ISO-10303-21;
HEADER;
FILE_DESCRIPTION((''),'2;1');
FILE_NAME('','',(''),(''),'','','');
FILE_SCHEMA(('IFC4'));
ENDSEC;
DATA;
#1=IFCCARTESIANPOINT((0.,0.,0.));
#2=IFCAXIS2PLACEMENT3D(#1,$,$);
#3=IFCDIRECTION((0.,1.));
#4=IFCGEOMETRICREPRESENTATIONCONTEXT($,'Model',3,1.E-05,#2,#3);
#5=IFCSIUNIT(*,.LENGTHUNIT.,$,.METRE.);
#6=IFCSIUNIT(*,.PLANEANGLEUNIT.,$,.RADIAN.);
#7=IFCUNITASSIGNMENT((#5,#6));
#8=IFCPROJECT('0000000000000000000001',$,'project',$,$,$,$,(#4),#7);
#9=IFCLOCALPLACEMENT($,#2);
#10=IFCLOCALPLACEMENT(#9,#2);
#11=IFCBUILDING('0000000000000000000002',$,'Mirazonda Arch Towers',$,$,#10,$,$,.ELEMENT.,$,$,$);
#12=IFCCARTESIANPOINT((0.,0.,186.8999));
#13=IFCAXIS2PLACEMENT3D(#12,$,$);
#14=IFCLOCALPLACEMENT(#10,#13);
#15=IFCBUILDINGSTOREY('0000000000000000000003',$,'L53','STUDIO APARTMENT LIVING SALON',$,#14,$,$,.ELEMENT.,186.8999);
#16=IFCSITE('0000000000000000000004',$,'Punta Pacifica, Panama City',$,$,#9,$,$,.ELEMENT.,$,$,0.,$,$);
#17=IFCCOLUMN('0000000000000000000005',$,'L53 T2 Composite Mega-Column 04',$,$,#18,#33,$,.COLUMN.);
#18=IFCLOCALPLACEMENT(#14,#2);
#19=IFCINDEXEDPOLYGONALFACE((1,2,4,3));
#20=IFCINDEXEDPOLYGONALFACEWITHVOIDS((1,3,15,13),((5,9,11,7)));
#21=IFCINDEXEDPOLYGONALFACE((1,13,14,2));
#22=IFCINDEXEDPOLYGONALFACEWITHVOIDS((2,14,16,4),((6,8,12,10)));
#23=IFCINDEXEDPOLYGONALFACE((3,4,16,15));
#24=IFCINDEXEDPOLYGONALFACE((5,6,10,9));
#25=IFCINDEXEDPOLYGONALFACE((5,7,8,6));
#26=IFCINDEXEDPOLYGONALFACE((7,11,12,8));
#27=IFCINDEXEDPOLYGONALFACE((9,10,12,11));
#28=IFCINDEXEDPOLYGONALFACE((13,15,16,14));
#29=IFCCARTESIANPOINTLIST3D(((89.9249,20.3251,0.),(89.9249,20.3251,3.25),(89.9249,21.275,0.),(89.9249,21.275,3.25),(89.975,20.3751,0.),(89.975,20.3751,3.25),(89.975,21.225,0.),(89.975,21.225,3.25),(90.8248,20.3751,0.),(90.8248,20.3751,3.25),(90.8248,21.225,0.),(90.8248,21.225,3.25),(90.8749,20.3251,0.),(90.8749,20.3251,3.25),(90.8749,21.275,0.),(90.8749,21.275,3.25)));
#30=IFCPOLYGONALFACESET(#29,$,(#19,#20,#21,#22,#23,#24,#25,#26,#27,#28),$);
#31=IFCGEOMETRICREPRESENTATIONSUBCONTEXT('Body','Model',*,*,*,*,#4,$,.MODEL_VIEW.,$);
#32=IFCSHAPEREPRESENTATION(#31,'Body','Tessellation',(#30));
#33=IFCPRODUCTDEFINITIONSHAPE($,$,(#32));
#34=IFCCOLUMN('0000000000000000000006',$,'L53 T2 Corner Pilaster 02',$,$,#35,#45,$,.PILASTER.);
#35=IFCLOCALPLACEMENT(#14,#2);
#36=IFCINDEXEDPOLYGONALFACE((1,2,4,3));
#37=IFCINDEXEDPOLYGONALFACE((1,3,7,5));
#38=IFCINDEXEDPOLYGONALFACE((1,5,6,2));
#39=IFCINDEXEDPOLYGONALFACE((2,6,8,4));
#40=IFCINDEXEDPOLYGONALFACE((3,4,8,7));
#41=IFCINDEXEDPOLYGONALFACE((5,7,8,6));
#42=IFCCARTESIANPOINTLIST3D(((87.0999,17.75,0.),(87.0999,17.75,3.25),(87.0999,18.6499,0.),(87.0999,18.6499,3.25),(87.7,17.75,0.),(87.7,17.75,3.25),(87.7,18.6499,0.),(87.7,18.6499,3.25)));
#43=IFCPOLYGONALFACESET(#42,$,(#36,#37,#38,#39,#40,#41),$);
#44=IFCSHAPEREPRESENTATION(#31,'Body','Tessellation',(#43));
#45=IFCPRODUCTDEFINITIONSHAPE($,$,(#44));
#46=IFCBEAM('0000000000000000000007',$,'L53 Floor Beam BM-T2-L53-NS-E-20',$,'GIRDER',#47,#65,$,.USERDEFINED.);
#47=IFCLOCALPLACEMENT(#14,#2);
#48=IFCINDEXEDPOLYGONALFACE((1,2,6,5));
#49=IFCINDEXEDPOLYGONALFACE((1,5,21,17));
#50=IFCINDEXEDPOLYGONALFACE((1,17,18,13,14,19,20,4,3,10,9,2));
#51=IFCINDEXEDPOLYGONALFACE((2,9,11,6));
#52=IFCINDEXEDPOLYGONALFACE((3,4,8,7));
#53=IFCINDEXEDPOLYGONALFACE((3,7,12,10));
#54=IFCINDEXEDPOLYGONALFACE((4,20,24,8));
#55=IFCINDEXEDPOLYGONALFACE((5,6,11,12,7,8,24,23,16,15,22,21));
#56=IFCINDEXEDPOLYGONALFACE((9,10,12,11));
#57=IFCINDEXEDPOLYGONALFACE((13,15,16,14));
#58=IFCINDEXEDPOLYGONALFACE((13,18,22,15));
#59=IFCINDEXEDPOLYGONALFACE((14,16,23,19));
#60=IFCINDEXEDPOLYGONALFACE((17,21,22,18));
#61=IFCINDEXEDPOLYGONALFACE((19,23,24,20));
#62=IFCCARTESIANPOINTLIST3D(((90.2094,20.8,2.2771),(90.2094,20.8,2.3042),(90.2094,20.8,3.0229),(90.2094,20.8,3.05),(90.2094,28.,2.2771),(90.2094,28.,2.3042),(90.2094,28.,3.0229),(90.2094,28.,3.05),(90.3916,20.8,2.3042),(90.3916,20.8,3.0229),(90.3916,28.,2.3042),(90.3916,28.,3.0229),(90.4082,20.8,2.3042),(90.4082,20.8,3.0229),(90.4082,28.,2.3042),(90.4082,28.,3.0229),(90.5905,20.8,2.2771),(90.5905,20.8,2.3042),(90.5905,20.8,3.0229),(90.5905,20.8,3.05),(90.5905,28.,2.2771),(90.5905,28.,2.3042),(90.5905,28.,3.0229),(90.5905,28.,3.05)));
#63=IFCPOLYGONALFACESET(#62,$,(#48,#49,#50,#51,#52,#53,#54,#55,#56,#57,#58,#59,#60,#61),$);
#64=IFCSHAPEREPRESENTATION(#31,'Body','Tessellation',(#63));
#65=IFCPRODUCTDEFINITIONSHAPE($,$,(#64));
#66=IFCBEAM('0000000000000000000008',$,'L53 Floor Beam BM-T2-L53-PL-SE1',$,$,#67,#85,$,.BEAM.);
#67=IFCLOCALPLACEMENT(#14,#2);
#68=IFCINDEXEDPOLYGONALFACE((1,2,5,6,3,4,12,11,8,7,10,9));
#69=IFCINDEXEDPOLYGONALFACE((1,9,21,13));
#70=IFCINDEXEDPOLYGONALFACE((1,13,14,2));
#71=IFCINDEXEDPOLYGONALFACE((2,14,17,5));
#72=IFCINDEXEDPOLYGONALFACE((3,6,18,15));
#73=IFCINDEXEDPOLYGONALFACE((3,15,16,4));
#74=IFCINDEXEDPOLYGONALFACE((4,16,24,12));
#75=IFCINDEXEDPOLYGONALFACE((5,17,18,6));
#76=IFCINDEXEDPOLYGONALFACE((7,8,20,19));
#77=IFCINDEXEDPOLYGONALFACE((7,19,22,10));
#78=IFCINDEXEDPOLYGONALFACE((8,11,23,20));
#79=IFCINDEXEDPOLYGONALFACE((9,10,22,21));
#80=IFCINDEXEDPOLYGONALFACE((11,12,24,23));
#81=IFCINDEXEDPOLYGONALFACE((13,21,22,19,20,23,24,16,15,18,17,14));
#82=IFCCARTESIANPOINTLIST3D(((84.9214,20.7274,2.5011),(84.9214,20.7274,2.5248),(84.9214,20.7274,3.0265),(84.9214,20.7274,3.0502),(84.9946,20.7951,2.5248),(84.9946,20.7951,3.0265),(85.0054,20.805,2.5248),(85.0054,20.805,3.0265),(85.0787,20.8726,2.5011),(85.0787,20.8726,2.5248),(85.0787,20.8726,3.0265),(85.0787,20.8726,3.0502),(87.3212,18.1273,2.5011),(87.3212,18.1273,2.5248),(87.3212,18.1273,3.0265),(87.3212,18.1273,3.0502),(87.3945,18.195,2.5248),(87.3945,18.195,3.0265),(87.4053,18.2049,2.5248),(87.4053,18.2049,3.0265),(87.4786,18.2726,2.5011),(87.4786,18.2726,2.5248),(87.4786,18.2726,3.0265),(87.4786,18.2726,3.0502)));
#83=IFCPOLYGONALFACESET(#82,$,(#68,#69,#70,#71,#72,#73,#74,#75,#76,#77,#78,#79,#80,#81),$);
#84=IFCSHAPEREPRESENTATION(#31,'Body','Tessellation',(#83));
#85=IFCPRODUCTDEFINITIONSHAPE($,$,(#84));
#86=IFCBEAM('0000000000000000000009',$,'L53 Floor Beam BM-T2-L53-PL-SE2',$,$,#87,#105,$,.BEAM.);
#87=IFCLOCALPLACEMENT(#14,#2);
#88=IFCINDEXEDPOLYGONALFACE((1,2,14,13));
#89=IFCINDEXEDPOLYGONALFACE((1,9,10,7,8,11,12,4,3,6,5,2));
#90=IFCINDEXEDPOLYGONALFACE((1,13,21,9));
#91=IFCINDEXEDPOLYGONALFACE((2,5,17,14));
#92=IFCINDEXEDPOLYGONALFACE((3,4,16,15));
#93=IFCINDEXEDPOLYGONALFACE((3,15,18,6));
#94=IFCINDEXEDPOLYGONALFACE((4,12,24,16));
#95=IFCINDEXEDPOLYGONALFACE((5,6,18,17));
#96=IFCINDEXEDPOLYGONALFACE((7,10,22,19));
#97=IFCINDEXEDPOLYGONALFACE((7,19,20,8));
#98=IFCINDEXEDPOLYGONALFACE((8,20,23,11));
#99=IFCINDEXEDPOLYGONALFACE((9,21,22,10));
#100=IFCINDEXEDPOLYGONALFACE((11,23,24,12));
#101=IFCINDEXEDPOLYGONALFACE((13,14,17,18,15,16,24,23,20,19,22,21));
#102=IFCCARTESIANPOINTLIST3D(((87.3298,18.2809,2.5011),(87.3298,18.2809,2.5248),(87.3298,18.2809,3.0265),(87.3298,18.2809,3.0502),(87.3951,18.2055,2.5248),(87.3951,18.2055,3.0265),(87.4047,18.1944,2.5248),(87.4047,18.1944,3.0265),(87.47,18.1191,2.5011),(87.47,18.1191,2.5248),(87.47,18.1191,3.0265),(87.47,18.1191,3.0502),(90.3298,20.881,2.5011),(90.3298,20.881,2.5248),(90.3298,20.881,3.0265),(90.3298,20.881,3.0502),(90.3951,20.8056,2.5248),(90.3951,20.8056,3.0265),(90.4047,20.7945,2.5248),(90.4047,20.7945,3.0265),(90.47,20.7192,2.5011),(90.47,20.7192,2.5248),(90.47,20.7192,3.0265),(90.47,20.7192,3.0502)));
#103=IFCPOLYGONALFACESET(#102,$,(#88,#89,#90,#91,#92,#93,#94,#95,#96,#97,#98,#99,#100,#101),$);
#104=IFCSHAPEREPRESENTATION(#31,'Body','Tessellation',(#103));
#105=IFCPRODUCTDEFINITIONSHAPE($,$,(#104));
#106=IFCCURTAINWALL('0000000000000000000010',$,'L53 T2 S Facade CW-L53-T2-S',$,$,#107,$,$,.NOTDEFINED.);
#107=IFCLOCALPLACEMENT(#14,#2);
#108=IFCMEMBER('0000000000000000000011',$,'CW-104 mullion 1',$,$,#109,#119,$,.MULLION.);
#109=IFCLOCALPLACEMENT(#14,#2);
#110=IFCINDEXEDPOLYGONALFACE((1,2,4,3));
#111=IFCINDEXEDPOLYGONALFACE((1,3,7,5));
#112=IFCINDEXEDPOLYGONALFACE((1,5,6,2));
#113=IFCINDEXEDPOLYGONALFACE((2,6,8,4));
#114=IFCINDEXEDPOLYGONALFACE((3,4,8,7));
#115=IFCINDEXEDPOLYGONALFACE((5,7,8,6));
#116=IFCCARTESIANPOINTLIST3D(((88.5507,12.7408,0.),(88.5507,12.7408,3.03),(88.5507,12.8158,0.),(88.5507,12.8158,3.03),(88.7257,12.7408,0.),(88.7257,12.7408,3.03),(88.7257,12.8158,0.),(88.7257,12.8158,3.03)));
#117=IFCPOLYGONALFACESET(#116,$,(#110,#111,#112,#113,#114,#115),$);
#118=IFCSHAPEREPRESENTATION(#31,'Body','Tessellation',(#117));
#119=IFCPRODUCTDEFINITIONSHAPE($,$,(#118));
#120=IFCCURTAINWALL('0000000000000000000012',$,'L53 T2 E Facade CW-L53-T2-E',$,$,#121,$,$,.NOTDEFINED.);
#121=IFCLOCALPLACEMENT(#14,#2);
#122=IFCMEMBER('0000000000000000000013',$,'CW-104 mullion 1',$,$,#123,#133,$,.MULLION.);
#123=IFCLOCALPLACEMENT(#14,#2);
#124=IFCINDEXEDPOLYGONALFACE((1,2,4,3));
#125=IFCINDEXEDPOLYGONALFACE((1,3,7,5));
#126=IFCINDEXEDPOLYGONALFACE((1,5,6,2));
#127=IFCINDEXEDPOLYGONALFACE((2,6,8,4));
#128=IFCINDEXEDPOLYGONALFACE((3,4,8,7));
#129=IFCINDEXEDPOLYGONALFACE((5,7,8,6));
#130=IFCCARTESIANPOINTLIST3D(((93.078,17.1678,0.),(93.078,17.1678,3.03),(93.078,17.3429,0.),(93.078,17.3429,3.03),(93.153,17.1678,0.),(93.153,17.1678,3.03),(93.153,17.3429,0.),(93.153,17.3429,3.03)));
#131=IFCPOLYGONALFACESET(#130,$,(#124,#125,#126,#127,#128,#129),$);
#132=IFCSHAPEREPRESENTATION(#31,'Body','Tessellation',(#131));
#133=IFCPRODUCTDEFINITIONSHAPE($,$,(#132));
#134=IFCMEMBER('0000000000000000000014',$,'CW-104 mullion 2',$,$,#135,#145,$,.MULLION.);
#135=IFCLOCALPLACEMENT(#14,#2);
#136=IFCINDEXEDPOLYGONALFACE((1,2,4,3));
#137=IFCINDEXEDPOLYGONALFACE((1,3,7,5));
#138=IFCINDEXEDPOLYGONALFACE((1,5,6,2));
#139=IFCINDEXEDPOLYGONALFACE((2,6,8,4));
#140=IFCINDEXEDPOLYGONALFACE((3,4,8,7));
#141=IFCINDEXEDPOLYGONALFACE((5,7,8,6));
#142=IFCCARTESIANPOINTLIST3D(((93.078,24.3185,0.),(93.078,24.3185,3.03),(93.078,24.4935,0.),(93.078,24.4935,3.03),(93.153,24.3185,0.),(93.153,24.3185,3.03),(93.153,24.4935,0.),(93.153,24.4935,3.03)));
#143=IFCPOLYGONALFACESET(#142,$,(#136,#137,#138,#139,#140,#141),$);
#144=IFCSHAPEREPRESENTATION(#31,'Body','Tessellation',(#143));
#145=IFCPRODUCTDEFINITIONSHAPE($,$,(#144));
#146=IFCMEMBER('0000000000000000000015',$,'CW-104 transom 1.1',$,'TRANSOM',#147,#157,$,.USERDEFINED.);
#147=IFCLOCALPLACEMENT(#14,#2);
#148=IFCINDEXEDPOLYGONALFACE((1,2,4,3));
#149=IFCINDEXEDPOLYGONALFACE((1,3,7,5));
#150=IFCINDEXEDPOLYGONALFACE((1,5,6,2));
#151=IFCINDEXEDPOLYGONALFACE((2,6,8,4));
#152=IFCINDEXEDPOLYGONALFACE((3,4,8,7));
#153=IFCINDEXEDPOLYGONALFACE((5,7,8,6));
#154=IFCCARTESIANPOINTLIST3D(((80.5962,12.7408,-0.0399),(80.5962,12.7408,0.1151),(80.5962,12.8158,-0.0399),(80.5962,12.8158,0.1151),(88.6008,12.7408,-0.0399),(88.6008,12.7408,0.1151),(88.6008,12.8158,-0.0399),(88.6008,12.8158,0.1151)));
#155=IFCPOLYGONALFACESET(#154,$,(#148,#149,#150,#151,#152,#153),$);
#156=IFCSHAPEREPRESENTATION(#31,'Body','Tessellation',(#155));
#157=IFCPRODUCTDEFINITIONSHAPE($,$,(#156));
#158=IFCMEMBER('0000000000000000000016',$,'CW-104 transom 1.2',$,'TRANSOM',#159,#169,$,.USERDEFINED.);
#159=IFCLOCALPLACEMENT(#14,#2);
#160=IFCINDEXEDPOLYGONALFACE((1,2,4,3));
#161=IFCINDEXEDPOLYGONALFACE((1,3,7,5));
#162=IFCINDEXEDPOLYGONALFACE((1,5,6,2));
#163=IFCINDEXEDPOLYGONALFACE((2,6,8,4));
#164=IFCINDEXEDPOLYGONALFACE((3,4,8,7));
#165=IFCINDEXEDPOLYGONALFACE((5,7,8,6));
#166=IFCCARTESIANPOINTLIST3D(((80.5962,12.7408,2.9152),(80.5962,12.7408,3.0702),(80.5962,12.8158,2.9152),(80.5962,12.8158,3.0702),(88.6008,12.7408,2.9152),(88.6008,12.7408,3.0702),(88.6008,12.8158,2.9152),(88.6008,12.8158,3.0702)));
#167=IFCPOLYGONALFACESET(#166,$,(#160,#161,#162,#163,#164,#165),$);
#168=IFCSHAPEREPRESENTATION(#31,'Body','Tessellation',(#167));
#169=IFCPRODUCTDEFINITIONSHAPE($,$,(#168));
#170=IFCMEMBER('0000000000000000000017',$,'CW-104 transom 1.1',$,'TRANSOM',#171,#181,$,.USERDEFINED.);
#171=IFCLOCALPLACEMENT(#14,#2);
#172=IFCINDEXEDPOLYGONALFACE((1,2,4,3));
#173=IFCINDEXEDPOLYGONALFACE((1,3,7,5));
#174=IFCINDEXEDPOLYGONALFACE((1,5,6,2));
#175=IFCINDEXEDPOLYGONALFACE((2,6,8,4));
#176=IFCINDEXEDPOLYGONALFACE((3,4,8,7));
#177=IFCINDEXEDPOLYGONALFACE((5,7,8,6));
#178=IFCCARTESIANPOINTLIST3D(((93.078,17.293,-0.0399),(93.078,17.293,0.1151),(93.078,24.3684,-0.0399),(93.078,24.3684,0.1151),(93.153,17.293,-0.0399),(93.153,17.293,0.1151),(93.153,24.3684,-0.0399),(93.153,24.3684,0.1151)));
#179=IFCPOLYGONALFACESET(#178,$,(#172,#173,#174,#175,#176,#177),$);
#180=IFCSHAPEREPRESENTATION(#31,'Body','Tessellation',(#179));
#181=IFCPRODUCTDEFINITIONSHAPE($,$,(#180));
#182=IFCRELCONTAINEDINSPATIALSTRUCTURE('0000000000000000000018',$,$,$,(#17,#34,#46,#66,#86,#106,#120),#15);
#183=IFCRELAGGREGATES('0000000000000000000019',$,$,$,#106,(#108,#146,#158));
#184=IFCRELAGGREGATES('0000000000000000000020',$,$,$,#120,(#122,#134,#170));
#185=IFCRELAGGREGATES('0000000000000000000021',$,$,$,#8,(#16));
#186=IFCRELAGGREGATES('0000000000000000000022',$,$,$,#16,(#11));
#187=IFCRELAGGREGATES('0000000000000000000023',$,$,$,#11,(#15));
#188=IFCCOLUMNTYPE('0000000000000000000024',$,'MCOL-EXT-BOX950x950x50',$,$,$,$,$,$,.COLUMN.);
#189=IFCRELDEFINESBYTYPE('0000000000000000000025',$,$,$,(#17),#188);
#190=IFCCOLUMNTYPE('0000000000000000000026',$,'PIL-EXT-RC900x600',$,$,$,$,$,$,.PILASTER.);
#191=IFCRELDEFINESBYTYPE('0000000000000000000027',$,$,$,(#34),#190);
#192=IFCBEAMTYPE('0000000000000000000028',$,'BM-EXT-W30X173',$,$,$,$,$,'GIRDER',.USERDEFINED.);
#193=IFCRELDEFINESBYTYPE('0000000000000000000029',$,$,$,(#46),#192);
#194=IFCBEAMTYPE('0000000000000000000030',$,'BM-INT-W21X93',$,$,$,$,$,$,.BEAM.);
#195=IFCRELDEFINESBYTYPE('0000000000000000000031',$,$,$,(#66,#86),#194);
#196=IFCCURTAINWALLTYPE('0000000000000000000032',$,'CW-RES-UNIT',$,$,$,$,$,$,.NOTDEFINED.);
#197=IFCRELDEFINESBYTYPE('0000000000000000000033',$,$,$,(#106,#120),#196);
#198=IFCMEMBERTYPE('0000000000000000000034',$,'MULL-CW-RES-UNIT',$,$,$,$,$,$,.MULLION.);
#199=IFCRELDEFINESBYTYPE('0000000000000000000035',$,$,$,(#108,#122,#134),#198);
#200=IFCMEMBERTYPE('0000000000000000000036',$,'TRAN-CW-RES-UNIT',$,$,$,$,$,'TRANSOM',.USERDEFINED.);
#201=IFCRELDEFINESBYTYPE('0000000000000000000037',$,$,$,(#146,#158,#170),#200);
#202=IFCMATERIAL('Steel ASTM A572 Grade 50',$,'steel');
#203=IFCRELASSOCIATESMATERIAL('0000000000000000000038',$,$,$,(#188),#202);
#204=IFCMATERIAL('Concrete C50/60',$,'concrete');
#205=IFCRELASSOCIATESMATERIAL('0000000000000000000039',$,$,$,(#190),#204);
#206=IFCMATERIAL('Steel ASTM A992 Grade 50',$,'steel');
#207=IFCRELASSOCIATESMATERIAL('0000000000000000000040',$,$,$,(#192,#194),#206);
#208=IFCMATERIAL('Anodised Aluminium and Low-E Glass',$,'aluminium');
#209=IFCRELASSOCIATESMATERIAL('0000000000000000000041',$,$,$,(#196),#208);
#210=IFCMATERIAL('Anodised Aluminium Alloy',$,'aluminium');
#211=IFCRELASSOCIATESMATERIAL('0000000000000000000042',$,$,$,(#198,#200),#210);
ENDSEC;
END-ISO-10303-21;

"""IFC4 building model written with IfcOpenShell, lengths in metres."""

from ifc_helpers import new_model, si_unit, direction, frame, origin, origin_2d, place, context, subcontext, project, spatial, rectangle, hollow_rectangle, i_section, extrude, material, material_profile, profile_set, type_object, element, aggregate, save


model = new_model("IFC4")

# Units and contexts
model_context = context("Model", 3, precision=1e-05, world=origin(), true_north=direction((0.0, 1.0)))
body_context = subcontext(model_context, "Body", "Model", "MODEL_VIEW")
ifc_project = project(units=[si_unit("LENGTHUNIT", "METRE"), si_unit("PLANEANGLEUNIT", "RADIAN")], contexts=[model_context])

# Site, building, storey
site_placement = place(None, origin())
site = spatial("IfcSite", under=ifc_project, at=site_placement, Name="Punta Pacifica, Panama City", CompositionType="ELEMENT", RefElevation=0.0)
building_placement = place(site_placement, origin())
building = spatial("IfcBuilding", under=site, at=building_placement, Name="Mirazonda Arch Towers", CompositionType="ELEMENT")
storey_placement = place(building_placement, frame((0.0, 0.0, 186.8999)))
storey = spatial("IfcBuildingStorey", under=building, at=storey_placement, Name="L53", Description="STUDIO APARTMENT LIVING SALON", CompositionType="ELEMENT", Elevation=186.8999)

# Columns
ifc_material_1 = material(Name="Steel ASTM A572 Grade 50", Category="steel")
ifc_material_profile_1 = material_profile(ifc_material_1, hollow_rectangle(XDim=0.95, YDim=0.95, WallThickness=0.05, at=origin_2d()), Name="BOX950x950x50")
ifc_profile_set_1 = profile_set([ifc_material_profile_1], Name="Steel ASTM A572 Grade 50")
column_type_1 = type_object("IfcColumnType", Name="MCOL-EXT-BOX950x950x50", PredefinedType="COLUMN", material=ifc_profile_set_1)
column_1_placement = place(storey_placement, frame((90.3999, 20.8, 0.0), z_axis=(0.0, 0.0, 1.0), x_axis=(1.0, 0.0, 0.0)))
element("IfcColumn", 1, at=column_1_placement, inside=storey, type_object=column_type_1, Name="L53 T2 Composite Mega-Column 04", PredefinedType="COLUMN", context=body_context, shape_type="SweptSolid", body=[
    extrude(hollow_rectangle(XDim=0.95, YDim=0.95, WallThickness=0.05, at=origin_2d()), origin(), (0.0, 0.0, 1.0), 3.25),
])
ifc_material_2 = material(Name="Concrete C50/60", Category="concrete")
ifc_material_profile_2 = material_profile(ifc_material_2, rectangle(XDim=0.6001, YDim=0.8999, at=origin_2d()), Name="RC900x600")
ifc_profile_set_2 = profile_set([ifc_material_profile_2], Name="Concrete C50/60")
column_type_2 = type_object("IfcColumnType", Name="PIL-EXT-RC900x600", PredefinedType="PILASTER", material=ifc_profile_set_2)
column_2_placement = place(storey_placement, frame((87.3999, 18.2, 0.0), z_axis=(0.0, 0.0, 1.0), x_axis=(1.0, 0.0, 0.0)))
element("IfcColumn", 2, at=column_2_placement, inside=storey, type_object=column_type_2, Name="L53 T2 Corner Pilaster 02", PredefinedType="PILASTER", context=body_context, shape_type="SweptSolid", body=[
    extrude(rectangle(XDim=0.6001, YDim=0.8999, at=origin_2d()), origin(), (0.0, 0.0, 1.0), 3.25),
])

# Beams
ifc_material_3 = material(Name="Steel ASTM A992 Grade 50", Category="steel")
ifc_material_profile_3 = material_profile(ifc_material_3, i_section(OverallWidth=0.3811, OverallDepth=0.7729, WebThickness=0.0166, FlangeThickness=0.0271, at=origin_2d()), Name="W30X173")
ifc_profile_set_3 = profile_set([ifc_material_profile_3], Name="Steel ASTM A992 Grade 50")
beam_type_1 = type_object("IfcBeamType", Name="BM-EXT-W30X173", ElementType="GIRDER", PredefinedType="USERDEFINED", material=ifc_profile_set_3)
beam_1_placement = place(storey_placement, frame((90.3999, 20.8, 2.6636), z_axis=(0.0, 1.0, 0.0), x_axis=(-1.0, 0.0, 0.0)))
element("IfcBeam", 3, at=beam_1_placement, inside=storey, type_object=beam_type_1, Name="L53 Floor Beam BM-T2-L53-NS-E-20", ObjectType="GIRDER", PredefinedType="USERDEFINED", context=body_context, shape_type="SweptSolid", body=[
    extrude(i_section(OverallWidth=0.3811, OverallDepth=0.7729, WebThickness=0.0166, FlangeThickness=0.0271, at=origin_2d()), origin(), (0.0, 0.0, 1.0), 7.2),
])
ifc_material_profile_4 = material_profile(ifc_material_3, i_section(OverallWidth=0.2141, OverallDepth=0.5491, WebThickness=0.0146, FlangeThickness=0.0237, at=origin_2d()), Name="W21X93")
ifc_profile_set_4 = profile_set([ifc_material_profile_4], Name="Steel ASTM A992 Grade 50")
beam_type_2 = type_object("IfcBeamType", Name="BM-INT-W21X93", PredefinedType="BEAM", material=ifc_profile_set_4)
beam_2_placement = place(storey_placement, frame((87.3999, 18.2, 2.7756), z_axis=(-0.678251, 0.73483, 0.0), x_axis=(-0.73483, -0.678251, 0.0)))
element("IfcBeam", 4, at=beam_2_placement, inside=storey, type_object=beam_type_2, Name="L53 Floor Beam BM-T2-L53-PL-SE1", PredefinedType="BEAM", context=body_context, shape_type="SweptSolid", body=[
    extrude(i_section(OverallWidth=0.2141, OverallDepth=0.5491, WebThickness=0.0146, FlangeThickness=0.0237, at=origin_2d()), origin(), (0.0, 0.0, 1.0), 3.5383),
])
beam_3_placement = place(storey_placement, frame((87.3999, 18.2, 2.7756), z_axis=(0.755677, 0.654945, 0.0), x_axis=(-0.654945, 0.755677, 0.0)))
element("IfcBeam", 5, at=beam_3_placement, inside=storey, type_object=beam_type_2, Name="L53 Floor Beam BM-T2-L53-PL-SE2", PredefinedType="BEAM", context=body_context, shape_type="SweptSolid", body=[
    extrude(i_section(OverallWidth=0.2141, OverallDepth=0.5491, WebThickness=0.0146, FlangeThickness=0.0237, at=origin_2d()), origin(), (0.0, 0.0, 1.0), 3.97),
])

# Curtain wall, member
ifc_material_4 = material(Name="Anodised Aluminium and Low-E Glass", Category="aluminium")
curtain_wall_type = type_object("IfcCurtainWallType", Name="CW-RES-UNIT", PredefinedType="NOTDEFINED", material=ifc_material_4)
curtain_wall_1_placement = place(storey_placement, origin())
curtain_wall_1 = element("IfcCurtainWall", 6, at=curtain_wall_1_placement, inside=storey, type_object=curtain_wall_type, Name="L53 T2 S Facade CW-L53-T2-S", PredefinedType="NOTDEFINED")
ifc_material_5 = material(Name="Anodised Aluminium Alloy", Category="aluminium")
ifc_material_profile_5 = material_profile(ifc_material_5, rectangle(XDim=0.075, YDim=0.175, at=origin_2d()), Name="ALU-MULL-75x175")
ifc_profile_set_5 = profile_set([ifc_material_profile_5], Name="Anodised Aluminium Alloy")
member_type_1 = type_object("IfcMemberType", Name="MULL-CW-RES-UNIT", PredefinedType="MULLION", material=ifc_profile_set_5)
member_1_placement = place(storey_placement, frame((88.6382, 12.7783, 0.0), z_axis=(0.0, 0.0, 1.0), x_axis=(0.0, -1.0, 0.0)))
member_1 = element("IfcMember", 7, at=member_1_placement, type_object=member_type_1, Name="CW-104 mullion 1", PredefinedType="MULLION", context=body_context, shape_type="SweptSolid", body=[
    extrude(rectangle(XDim=0.075, YDim=0.175, at=origin_2d()), origin(), (0.0, 0.0, 1.0), 3.03),
])

# Curtain wall, members
curtain_wall_2_placement = place(storey_placement, origin())
curtain_wall_2 = element("IfcCurtainWall", 8, at=curtain_wall_2_placement, inside=storey, type_object=curtain_wall_type, Name="L53 T2 E Facade CW-L53-T2-E", PredefinedType="NOTDEFINED")
member_2_placement = place(storey_placement, frame((93.1155, 17.2554, 0.0), z_axis=(0.0, 0.0, 1.0), x_axis=(-1.0, 0.0, 0.0)))
member_2 = element("IfcMember", 9, at=member_2_placement, type_object=member_type_1, Name="CW-104 mullion 1", PredefinedType="MULLION", context=body_context, shape_type="SweptSolid", body=[
    extrude(rectangle(XDim=0.075, YDim=0.175, at=origin_2d()), origin(), (0.0, 0.0, 1.0), 3.03),
])
member_3_placement = place(storey_placement, frame((93.1155, 24.406, 0.0), z_axis=(0.0, 0.0, 1.0), x_axis=(-1.0, 0.0, 0.0)))
member_3 = element("IfcMember", 10, at=member_3_placement, type_object=member_type_1, Name="CW-104 mullion 2", PredefinedType="MULLION", context=body_context, shape_type="SweptSolid", body=[
    extrude(rectangle(XDim=0.075, YDim=0.175, at=origin_2d()), origin(), (0.0, 0.0, 1.0), 3.03),
])

# Members
ifc_material_profile_6 = material_profile(ifc_material_5, rectangle(XDim=0.075, YDim=0.155, at=origin_2d()), Name="ALU-TRAN-75x155")
ifc_profile_set_6 = profile_set([ifc_material_profile_6], Name="Anodised Aluminium Alloy")
member_type_2 = type_object("IfcMemberType", Name="TRAN-CW-RES-UNIT", ElementType="TRANSOM", PredefinedType="USERDEFINED", material=ifc_profile_set_6)
member_4_placement = place(storey_placement, frame((88.6008, 12.7783, 0.0376), z_axis=(-1.0, 0.0, 0.0), x_axis=(0.0, -1.0, 0.0)))
member_4 = element("IfcMember", 11, at=member_4_placement, type_object=member_type_2, Name="CW-104 transom 1.1", ObjectType="TRANSOM", PredefinedType="USERDEFINED", context=body_context, shape_type="SweptSolid", body=[
    extrude(rectangle(XDim=0.075, YDim=0.155, at=origin_2d()), origin(), (0.0, 0.0, 1.0), 8.0046),
])
member_5_placement = place(storey_placement, frame((88.6008, 12.7783, 2.9927), z_axis=(-1.0, 0.0, 0.0), x_axis=(0.0, -1.0, 0.0)))
member_5 = element("IfcMember", 12, at=member_5_placement, type_object=member_type_2, Name="CW-104 transom 1.2", ObjectType="TRANSOM", PredefinedType="USERDEFINED", context=body_context, shape_type="SweptSolid", body=[
    extrude(rectangle(XDim=0.075, YDim=0.155, at=origin_2d()), origin(), (0.0, 0.0, 1.0), 8.0046),
])
aggregate(curtain_wall_1, [member_1, member_4, member_5])
member_6_placement = place(storey_placement, frame((93.1155, 17.293, 0.0376), z_axis=(0.0, 1.0, 0.0), x_axis=(-1.0, 0.0, 0.0)))
member_6 = element("IfcMember", 13, at=member_6_placement, type_object=member_type_2, Name="CW-104 transom 1.1", ObjectType="TRANSOM", PredefinedType="USERDEFINED", context=body_context, shape_type="SweptSolid", body=[
    extrude(rectangle(XDim=0.075, YDim=0.155, at=origin_2d()), origin(), (0.0, 0.0, 1.0), 7.0754),
])

aggregate(curtain_wall_2, [member_2, member_3, member_6])

save(model, "model.ifc")
